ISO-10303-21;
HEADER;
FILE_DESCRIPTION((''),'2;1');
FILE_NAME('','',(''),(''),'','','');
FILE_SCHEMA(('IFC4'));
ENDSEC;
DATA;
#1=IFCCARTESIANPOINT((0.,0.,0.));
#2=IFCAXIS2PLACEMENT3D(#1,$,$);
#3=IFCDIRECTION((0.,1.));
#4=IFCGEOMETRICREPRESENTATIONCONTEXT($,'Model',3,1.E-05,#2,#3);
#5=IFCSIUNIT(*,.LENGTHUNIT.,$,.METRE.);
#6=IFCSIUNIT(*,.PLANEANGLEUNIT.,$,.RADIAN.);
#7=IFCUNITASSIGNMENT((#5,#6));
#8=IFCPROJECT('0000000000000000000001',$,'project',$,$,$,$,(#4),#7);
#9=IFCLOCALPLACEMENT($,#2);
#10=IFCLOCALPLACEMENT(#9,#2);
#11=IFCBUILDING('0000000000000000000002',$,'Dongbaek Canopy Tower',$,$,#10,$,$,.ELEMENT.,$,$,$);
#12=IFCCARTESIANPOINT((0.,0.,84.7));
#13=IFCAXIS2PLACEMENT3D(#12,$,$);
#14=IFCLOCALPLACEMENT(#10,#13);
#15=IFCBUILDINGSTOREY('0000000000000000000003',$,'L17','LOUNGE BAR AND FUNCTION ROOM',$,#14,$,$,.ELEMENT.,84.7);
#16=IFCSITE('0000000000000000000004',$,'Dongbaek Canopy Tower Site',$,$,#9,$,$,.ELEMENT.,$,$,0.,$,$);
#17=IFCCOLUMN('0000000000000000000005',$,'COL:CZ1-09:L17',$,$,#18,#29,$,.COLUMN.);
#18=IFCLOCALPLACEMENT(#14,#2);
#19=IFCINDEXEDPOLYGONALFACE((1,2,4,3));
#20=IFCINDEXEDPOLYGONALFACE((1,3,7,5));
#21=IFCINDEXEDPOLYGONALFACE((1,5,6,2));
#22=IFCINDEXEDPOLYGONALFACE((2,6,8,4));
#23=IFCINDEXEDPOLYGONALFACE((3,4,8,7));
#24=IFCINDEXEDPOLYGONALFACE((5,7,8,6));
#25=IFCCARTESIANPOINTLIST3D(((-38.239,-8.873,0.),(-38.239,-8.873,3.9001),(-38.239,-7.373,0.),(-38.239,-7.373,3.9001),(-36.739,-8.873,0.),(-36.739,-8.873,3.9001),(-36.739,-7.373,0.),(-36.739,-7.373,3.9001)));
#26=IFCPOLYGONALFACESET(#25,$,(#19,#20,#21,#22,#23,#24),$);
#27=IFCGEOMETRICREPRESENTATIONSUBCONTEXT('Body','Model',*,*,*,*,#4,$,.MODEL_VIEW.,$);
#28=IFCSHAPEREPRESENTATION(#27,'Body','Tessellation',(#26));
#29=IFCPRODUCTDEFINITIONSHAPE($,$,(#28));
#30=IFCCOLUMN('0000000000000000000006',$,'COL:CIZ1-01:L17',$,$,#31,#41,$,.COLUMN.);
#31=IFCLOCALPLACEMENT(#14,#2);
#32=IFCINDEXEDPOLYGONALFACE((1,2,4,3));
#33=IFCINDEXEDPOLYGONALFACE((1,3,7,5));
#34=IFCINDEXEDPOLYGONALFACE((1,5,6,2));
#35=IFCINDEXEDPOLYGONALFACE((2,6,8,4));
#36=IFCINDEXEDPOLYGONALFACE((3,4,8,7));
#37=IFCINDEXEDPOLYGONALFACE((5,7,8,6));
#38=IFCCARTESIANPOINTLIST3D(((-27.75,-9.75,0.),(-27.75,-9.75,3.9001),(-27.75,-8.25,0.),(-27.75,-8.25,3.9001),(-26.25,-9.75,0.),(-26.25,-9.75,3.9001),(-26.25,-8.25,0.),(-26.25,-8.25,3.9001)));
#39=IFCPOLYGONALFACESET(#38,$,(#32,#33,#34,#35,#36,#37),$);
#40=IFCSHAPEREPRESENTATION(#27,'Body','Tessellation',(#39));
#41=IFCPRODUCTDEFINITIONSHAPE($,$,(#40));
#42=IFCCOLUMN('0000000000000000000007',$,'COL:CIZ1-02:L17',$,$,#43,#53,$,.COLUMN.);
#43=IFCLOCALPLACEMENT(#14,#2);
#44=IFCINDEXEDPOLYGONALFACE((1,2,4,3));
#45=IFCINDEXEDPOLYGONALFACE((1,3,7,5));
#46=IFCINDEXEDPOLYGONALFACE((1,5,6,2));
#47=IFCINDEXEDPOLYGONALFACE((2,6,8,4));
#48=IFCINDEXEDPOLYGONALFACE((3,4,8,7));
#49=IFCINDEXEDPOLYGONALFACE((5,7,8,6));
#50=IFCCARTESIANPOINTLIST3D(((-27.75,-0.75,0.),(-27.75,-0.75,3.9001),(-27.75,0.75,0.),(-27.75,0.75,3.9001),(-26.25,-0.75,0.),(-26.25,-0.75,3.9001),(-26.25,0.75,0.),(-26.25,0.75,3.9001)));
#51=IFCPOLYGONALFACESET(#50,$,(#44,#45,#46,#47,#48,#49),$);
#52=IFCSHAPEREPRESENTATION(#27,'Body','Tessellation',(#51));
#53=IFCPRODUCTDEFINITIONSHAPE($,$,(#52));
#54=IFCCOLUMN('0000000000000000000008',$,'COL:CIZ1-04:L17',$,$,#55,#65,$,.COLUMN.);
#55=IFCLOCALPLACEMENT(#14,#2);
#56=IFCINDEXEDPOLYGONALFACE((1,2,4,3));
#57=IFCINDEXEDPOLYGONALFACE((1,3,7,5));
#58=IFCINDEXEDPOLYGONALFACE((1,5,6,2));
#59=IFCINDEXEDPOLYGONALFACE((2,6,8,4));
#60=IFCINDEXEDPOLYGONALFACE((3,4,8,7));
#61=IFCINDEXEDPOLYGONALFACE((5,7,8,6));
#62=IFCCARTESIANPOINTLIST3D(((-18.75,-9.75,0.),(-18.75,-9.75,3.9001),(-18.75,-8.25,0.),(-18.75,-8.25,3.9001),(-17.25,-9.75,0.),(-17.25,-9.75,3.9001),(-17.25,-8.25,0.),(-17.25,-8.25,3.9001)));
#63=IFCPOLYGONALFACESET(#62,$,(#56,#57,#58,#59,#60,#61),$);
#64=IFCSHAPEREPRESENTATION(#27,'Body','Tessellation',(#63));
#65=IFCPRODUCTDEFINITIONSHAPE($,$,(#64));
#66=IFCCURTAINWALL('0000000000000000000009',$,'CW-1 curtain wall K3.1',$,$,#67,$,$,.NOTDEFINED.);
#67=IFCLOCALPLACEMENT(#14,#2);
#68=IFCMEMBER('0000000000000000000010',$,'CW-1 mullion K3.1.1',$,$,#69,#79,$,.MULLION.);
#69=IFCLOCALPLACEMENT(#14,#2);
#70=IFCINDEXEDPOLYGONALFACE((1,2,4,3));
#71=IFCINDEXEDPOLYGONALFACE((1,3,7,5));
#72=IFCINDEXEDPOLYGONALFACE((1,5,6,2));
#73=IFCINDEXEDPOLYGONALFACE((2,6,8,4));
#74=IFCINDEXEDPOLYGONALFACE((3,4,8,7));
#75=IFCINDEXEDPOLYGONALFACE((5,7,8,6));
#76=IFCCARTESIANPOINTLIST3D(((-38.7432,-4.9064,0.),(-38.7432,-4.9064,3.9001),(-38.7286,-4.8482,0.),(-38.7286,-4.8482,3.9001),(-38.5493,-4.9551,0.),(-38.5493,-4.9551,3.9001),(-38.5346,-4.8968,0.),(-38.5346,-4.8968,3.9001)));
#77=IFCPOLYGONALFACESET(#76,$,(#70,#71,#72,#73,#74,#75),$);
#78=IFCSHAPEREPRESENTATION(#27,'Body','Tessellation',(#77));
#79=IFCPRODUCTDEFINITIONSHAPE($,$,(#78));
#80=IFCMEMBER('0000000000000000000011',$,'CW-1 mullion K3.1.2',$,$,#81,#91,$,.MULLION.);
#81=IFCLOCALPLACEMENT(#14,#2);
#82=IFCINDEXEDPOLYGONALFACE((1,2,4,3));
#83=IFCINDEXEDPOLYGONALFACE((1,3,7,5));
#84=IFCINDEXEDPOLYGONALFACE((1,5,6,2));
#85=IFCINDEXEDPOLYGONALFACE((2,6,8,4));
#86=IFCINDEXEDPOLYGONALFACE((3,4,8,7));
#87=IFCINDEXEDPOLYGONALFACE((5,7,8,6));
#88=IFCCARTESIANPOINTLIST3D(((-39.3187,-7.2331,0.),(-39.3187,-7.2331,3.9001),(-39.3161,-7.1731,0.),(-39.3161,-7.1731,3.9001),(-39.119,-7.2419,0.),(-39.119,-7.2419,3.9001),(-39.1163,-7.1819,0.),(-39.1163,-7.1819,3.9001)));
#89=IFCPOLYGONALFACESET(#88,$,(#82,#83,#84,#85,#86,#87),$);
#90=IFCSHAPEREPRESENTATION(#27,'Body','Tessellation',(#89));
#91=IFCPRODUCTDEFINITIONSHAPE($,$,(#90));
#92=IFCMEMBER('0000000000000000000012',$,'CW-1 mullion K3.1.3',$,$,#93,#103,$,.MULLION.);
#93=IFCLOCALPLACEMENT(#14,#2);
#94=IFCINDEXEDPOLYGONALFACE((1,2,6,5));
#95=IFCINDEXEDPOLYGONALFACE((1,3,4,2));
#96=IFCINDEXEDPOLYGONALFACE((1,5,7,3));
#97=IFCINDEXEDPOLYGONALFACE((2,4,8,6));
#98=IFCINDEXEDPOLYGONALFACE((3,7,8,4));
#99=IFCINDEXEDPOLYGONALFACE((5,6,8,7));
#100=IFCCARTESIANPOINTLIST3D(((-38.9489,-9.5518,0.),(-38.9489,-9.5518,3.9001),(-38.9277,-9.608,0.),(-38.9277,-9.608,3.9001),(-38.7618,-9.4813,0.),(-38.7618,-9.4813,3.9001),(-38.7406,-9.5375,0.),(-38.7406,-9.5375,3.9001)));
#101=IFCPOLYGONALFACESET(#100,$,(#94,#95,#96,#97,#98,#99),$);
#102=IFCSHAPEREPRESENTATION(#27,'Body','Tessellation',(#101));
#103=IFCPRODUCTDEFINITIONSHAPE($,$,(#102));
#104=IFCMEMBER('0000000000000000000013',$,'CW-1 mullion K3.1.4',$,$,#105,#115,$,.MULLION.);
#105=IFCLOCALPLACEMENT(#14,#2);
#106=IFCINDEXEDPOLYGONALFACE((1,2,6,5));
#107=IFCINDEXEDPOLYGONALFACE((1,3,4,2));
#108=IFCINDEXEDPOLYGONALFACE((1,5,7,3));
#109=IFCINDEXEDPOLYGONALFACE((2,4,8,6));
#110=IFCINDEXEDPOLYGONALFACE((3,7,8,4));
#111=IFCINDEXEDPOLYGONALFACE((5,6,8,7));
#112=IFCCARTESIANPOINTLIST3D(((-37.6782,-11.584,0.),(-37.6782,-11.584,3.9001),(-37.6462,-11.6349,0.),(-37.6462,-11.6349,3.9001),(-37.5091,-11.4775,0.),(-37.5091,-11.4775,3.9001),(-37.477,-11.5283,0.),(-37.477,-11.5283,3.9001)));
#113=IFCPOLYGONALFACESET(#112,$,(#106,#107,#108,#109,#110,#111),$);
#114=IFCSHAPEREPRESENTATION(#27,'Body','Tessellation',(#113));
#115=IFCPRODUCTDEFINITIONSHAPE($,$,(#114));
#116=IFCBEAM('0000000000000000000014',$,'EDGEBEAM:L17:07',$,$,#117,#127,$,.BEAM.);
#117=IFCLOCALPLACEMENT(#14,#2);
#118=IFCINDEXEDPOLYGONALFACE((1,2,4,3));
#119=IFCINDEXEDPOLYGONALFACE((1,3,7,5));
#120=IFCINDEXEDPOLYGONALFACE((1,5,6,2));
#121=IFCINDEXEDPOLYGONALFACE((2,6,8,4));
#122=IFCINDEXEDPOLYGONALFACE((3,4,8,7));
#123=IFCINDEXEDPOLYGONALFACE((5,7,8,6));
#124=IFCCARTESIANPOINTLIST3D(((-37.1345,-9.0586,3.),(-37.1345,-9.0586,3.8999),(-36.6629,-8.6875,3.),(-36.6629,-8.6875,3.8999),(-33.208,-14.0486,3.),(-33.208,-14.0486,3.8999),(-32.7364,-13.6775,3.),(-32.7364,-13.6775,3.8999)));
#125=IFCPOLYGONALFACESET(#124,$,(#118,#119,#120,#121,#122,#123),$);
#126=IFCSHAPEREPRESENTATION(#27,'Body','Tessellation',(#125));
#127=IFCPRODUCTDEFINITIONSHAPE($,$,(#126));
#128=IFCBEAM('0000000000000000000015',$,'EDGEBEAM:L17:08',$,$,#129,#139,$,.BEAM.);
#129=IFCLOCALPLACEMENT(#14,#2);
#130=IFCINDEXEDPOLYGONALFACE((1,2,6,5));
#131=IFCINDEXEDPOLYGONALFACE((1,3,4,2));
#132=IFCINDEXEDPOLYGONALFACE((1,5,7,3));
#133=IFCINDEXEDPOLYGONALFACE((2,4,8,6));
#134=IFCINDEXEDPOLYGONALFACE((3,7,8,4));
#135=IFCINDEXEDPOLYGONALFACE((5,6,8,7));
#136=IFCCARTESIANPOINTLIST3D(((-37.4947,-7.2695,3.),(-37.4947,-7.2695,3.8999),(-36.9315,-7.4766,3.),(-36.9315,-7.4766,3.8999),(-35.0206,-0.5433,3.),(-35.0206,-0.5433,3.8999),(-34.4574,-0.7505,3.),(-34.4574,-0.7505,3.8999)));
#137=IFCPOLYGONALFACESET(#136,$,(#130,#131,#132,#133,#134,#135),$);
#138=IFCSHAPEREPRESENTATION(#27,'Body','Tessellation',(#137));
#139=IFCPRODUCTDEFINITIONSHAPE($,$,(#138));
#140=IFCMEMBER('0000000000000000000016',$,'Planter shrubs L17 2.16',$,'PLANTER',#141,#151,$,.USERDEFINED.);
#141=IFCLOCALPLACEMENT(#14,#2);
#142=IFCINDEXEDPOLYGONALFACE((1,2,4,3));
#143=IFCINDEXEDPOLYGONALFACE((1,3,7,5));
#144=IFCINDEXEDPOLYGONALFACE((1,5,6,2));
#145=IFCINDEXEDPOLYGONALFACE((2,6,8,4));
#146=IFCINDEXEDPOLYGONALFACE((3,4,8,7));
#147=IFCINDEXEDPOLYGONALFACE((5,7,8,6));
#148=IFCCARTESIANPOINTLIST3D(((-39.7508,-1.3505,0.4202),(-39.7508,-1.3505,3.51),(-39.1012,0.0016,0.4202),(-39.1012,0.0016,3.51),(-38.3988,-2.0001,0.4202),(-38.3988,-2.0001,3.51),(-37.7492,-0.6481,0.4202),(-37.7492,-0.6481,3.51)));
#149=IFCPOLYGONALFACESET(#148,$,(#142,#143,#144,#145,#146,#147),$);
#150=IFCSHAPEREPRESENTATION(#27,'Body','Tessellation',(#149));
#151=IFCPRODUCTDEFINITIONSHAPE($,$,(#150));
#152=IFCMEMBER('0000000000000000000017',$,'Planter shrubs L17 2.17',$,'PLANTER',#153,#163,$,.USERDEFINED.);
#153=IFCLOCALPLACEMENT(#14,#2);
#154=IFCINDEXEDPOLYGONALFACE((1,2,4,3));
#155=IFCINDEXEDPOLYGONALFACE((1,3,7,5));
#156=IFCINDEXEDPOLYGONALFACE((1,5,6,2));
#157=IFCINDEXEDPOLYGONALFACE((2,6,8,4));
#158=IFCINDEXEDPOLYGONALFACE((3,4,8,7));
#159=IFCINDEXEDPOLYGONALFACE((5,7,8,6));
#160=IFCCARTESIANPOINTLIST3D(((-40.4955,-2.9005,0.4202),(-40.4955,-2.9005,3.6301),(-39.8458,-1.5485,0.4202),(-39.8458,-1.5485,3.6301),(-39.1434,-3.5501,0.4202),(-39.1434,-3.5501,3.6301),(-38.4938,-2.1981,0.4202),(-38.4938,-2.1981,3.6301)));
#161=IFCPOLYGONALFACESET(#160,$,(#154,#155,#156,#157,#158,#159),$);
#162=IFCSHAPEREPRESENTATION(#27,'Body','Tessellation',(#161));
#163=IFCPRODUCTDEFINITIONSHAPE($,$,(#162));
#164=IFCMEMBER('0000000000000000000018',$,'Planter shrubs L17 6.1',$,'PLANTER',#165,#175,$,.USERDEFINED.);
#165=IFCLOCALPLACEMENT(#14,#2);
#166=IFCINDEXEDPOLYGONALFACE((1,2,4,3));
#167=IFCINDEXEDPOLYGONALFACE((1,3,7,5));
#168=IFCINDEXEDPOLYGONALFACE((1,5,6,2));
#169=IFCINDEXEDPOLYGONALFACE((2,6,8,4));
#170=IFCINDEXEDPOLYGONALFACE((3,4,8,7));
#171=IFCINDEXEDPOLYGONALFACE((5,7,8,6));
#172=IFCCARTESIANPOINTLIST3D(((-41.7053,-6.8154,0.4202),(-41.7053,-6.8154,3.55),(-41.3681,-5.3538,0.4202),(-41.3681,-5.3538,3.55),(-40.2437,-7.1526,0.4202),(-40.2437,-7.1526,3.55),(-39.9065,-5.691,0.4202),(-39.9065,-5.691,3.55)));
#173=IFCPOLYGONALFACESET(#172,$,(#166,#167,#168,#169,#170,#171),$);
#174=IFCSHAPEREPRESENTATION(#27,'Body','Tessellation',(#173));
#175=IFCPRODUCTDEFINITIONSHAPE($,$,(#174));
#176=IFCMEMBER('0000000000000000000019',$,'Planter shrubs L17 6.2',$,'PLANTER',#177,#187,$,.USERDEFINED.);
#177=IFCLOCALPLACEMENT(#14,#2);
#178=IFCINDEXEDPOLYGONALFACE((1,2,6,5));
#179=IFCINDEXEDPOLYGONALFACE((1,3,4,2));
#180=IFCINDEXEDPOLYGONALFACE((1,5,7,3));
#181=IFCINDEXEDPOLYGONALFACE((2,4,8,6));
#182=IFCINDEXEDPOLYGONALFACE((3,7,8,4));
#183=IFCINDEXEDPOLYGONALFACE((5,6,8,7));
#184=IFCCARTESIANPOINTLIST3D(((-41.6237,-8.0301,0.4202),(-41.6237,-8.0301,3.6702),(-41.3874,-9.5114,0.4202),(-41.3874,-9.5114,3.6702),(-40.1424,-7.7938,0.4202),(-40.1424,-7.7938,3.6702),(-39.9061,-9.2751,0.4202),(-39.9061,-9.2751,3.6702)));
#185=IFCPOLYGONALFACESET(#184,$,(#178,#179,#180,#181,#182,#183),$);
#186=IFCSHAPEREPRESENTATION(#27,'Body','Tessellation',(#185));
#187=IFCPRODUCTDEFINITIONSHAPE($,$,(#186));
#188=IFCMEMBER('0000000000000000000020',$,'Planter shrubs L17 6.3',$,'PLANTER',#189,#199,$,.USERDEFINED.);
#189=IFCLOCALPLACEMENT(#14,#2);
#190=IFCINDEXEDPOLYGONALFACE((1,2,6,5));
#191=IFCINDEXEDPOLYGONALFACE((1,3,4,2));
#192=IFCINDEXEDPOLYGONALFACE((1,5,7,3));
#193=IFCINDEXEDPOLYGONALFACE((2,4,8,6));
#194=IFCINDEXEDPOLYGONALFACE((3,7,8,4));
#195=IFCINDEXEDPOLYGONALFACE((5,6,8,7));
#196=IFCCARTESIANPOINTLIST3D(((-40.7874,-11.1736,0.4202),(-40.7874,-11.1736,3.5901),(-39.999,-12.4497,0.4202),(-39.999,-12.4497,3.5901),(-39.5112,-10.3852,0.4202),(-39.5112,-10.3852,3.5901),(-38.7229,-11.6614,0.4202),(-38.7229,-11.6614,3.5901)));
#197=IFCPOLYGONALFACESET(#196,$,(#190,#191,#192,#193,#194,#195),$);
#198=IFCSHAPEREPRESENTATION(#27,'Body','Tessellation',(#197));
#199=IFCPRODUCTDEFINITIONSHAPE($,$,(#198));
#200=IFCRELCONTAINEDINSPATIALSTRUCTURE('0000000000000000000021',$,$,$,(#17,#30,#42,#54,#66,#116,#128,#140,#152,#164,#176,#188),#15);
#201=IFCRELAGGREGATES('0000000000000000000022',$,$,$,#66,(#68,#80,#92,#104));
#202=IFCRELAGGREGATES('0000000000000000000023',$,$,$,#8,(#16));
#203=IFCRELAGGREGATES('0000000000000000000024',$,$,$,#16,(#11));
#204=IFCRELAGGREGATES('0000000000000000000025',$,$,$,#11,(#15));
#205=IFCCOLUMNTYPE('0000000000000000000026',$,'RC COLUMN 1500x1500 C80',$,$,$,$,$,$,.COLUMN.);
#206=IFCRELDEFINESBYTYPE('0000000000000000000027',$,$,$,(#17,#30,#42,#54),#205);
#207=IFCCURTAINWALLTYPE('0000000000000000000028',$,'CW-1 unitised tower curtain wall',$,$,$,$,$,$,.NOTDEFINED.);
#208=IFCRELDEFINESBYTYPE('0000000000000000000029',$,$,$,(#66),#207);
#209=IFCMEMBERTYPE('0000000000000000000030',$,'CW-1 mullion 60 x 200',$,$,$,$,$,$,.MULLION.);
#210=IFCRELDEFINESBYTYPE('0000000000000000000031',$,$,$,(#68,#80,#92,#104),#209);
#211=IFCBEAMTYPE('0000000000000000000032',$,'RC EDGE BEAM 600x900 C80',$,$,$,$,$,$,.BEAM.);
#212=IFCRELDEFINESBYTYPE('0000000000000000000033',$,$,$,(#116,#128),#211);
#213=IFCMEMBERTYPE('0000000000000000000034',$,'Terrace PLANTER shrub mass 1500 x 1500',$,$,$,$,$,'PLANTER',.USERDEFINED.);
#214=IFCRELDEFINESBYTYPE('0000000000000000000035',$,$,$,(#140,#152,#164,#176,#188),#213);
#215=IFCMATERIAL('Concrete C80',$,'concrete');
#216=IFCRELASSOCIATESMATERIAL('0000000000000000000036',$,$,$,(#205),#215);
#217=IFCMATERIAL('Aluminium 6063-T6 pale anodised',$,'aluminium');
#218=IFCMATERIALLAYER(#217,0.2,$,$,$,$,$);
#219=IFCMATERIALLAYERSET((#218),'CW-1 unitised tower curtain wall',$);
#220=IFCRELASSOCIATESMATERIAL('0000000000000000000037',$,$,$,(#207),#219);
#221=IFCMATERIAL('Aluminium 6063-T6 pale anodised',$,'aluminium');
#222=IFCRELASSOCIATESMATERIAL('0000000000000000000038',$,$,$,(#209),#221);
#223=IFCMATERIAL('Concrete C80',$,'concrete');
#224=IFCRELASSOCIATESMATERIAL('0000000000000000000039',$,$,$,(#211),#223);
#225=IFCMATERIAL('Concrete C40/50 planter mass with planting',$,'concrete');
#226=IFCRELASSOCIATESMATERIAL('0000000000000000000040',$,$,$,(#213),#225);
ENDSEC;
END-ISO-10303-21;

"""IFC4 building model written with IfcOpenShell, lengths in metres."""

from ifc_helpers import new_model, si_unit, direction, frame, origin, origin_2d, place, context, subcontext, project, spatial, rectangle, extrude, material, layer, layer_set, material_profile, profile_set, type_object, element, aggregate, save


model = new_model("IFC4")

# Units and contexts
model_context = context("Model", 3, precision=1e-05, world=origin(), true_north=direction((0.0, 1.0)))
body_context = subcontext(model_context, "Body", "Model", "MODEL_VIEW")
ifc_project = project(units=[si_unit("LENGTHUNIT", "METRE"), si_unit("PLANEANGLEUNIT", "RADIAN")], contexts=[model_context])

# Site, building, storey
site_placement = place(None, origin())
site = spatial("IfcSite", under=ifc_project, at=site_placement, Name="Dongbaek Canopy Tower Site", CompositionType="ELEMENT", RefElevation=0.0)
building_placement = place(site_placement, origin())
building = spatial("IfcBuilding", under=site, at=building_placement, Name="Dongbaek Canopy Tower", CompositionType="ELEMENT")
storey_placement = place(building_placement, frame((0.0, 0.0, 84.7)))
storey = spatial("IfcBuildingStorey", under=building, at=storey_placement, Name="L17", Description="LOUNGE BAR AND FUNCTION ROOM", CompositionType="ELEMENT", Elevation=84.7)

# Columns
ifc_material_1 = material(Name="Concrete C80", Category="concrete")
ifc_material_profile_1 = material_profile(ifc_material_1, rectangle(XDim=1.5, YDim=1.5, at=origin_2d()), Name="RC COLUMN 1500x1500 C80")
ifc_profile_set_1 = profile_set([ifc_material_profile_1], Name="Concrete C80")
column_type = type_object("IfcColumnType", Name="RC COLUMN 1500x1500 C80", PredefinedType="COLUMN", material=ifc_profile_set_1)
for number, where, z_axis, x_axis, name in (
    (1, (-37.489, -8.123, 0.0), (0.0, 0.0, 1.0), (1.0, 0.0, 0.0), "COL:CZ1-09:L17"),
    (2, (-27.0, -9.0, 0.0), (0.0, 0.0, 1.0), (1.0, 0.0, 0.0), "COL:CIZ1-01:L17"),
    (3, (-27.0, 0.0, 0.0), (0.0, 0.0, 1.0), (1.0, 0.0, 0.0), "COL:CIZ1-02:L17"),
    (4, (-18.0, -9.0, 0.0), (0.0, 0.0, 1.0), (1.0, 0.0, 0.0), "COL:CIZ1-04:L17"),
):
    element("IfcColumn", number, at=place(storey_placement, frame(where, z_axis=z_axis, x_axis=x_axis)), inside=storey, type_object=column_type, Name=name, PredefinedType="COLUMN", context=body_context, shape_type="SweptSolid", body=[
        extrude(rectangle(XDim=1.5, YDim=1.5, at=origin_2d()), origin(), (0.0, 0.0, 1.0), 3.9001),
    ])

# Curtain wall, members
ifc_material_2 = material(Name="Aluminium 6063-T6 pale anodised", Category="aluminium")
ifc_layer_1 = layer(ifc_material_2, 0.2)
ifc_layer_set_1 = layer_set([ifc_layer_1], Name="CW-1 unitised tower curtain wall")
curtain_wall_type = type_object("IfcCurtainWallType", Name="CW-1 unitised tower curtain wall", PredefinedType="NOTDEFINED", material=ifc_layer_set_1)
curtain_wall_placement = place(storey_placement, origin())
curtain_wall = element("IfcCurtainWall", 5, at=curtain_wall_placement, inside=storey, type_object=curtain_wall_type, Name="CW-1 curtain wall K3.1", PredefinedType="NOTDEFINED")
ifc_material_3 = material(Name="Aluminium 6063-T6 pale anodised", Category="aluminium")
ifc_material_profile_2 = material_profile(ifc_material_3, rectangle(XDim=0.2, YDim=0.0601, at=origin_2d()), Name="CW-1 mullion 60 x 200")
ifc_profile_set_2 = profile_set([ifc_material_profile_2], Name="Aluminium 6063-T6 pale anodised")
member_type_1 = type_object("IfcMemberType", Name="CW-1 mullion 60 x 200", PredefinedType="MULLION", material=ifc_profile_set_2)
member_1_placement = place(storey_placement, frame((-38.6389, -4.9016, 0.0), z_axis=(0.0, 0.0, 1.0), x_axis=(-0.969924, 0.24341, 0.0)))
member_1 = element("IfcMember", 6, at=member_1_placement, type_object=member_type_1, Name="CW-1 mullion K3.1.1", PredefinedType="MULLION", context=body_context, shape_type="SweptSolid", body=[
    extrude(rectangle(XDim=0.2, YDim=0.0601, at=origin_2d()), origin(), (0.0, 0.0, 1.0), 3.9001),
])
member_2_placement = place(storey_placement, frame((-39.2175, -7.2075, 0.0), z_axis=(0.0, 0.0, 1.0), x_axis=(-0.999038, 0.043843, 0.0)))
member_2 = element("IfcMember", 7, at=member_2_placement, type_object=member_type_1, Name="CW-1 mullion K3.1.2", PredefinedType="MULLION", context=body_context, shape_type="SweptSolid", body=[
    extrude(rectangle(XDim=0.2, YDim=0.0601, at=origin_2d()), origin(), (0.0, 0.0, 1.0), 3.9001),
])
member_3_placement = place(storey_placement, frame((-38.8447, -9.5447, 0.0), z_axis=(0.0, 0.0, 1.0), x_axis=(-0.93583, -0.352452, 0.0)))
member_3 = element("IfcMember", 8, at=member_3_placement, type_object=member_type_1, Name="CW-1 mullion K3.1.3", PredefinedType="MULLION", context=body_context, shape_type="SweptSolid", body=[
    extrude(rectangle(XDim=0.2, YDim=0.0601, at=origin_2d()), origin(), (0.0, 0.0, 1.0), 3.9001),
])
member_4_placement = place(storey_placement, frame((-37.5776, -11.5562, 0.0), z_axis=(0.0, 0.0, 1.0), x_axis=(-0.846077, -0.53306, 0.0)))
member_4 = element("IfcMember", 9, at=member_4_placement, type_object=member_type_1, Name="CW-1 mullion K3.1.4", PredefinedType="MULLION", context=body_context, shape_type="SweptSolid", body=[
    extrude(rectangle(XDim=0.2, YDim=0.0601, at=origin_2d()), origin(), (0.0, 0.0, 1.0), 3.9001),
])

# Beams
ifc_material_4 = material(Name="Concrete C80", Category="concrete")
ifc_material_profile_3 = material_profile(ifc_material_4, rectangle(XDim=0.6001, YDim=0.8999, at=origin_2d()), Name="RC EDGE BEAM 600x900 C80")
ifc_profile_set_3 = profile_set([ifc_material_profile_3], Name="Concrete C80")
beam_type = type_object("IfcBeamType", Name="RC EDGE BEAM 600x900 C80", PredefinedType="BEAM", material=ifc_profile_set_3)
beam_1_placement = place(storey_placement, frame((-32.9722, -13.863, 3.45), z_axis=(-0.618387, 0.785874, 0.0), x_axis=(-0.785874, -0.618387, 0.0)))
element("IfcBeam", 10, at=beam_1_placement, inside=storey, type_object=beam_type, Name="EDGEBEAM:L17:07", PredefinedType="BEAM", context=body_context, shape_type="SweptSolid", body=[
    extrude(rectangle(XDim=0.6001, YDim=0.8999, at=origin_2d()), origin(), (0.0, 0.0, 1.0), 6.3496),
])
beam_2_placement = place(storey_placement, frame((-37.2131, -7.373, 3.45), z_axis=(0.345225, 0.93852, 0.0), x_axis=(-0.93852, 0.345225, 0.0)))
element("IfcBeam", 11, at=beam_2_placement, inside=storey, type_object=beam_type, Name="EDGEBEAM:L17:08", PredefinedType="BEAM", context=body_context, shape_type="SweptSolid", body=[
    extrude(rectangle(XDim=0.6001, YDim=0.8999, at=origin_2d()), origin(), (0.0, 0.0, 1.0), 7.1667),
])

# Members
ifc_material_5 = material(Name="Concrete C40/50 planter mass with planting", Category="concrete")
ifc_material_profile_4 = material_profile(ifc_material_5, rectangle(XDim=1.5, YDim=1.5, at=origin_2d()), Name="Terrace PLANTER shrub mass 1500 x 1500")
ifc_profile_set_4 = profile_set([ifc_material_profile_4], Name="Concrete C40/50 planter mass with planting")
member_type_2 = type_object("IfcMemberType", Name="Terrace PLANTER shrub mass 1500 x 1500", ElementType="PLANTER", PredefinedType="USERDEFINED", material=ifc_profile_set_4)
member_5_placement = place(storey_placement, frame((-38.75, -0.9993, 0.4202), z_axis=(0.0, 0.0, 1.0), x_axis=(-0.901357, 0.433077, 0.0)))
element("IfcMember", 12, at=member_5_placement, inside=storey, type_object=member_type_2, Name="Planter shrubs L17 2.16", ObjectType="PLANTER", PredefinedType="USERDEFINED", context=body_context, shape_type="SweptSolid", body=[
    extrude(rectangle(XDim=1.5, YDim=1.5, at=origin_2d()), origin(), (0.0, 0.0, 1.0), 3.0898),
])
member_6_placement = place(storey_placement, frame((-39.4946, -2.5493, 0.4202), z_axis=(0.0, 0.0, 1.0), x_axis=(-0.901357, 0.433077, 0.0)))
element("IfcMember", 13, at=member_6_placement, inside=storey, type_object=member_type_2, Name="Planter shrubs L17 2.17", ObjectType="PLANTER", PredefinedType="USERDEFINED", context=body_context, shape_type="SweptSolid", body=[
    extrude(rectangle(XDim=1.5, YDim=1.5, at=origin_2d()), origin(), (0.0, 0.0, 1.0), 3.21),
])
member_7_placement = place(storey_placement, frame((-40.8059, -6.2532, 0.4202), z_axis=(0.0, 0.0, 1.0), x_axis=(-0.974401, 0.224817, 0.0)))
element("IfcMember", 14, at=member_7_placement, inside=storey, type_object=member_type_2, Name="Planter shrubs L17 6.1", ObjectType="PLANTER", PredefinedType="USERDEFINED", context=body_context, shape_type="SweptSolid", body=[
    extrude(rectangle(XDim=1.5, YDim=1.5, at=origin_2d()), origin(), (0.0, 0.0, 1.0), 3.1299),
])
member_8_placement = place(storey_placement, frame((-40.7649, -8.6526, 0.4202), z_axis=(0.0, 0.0, 1.0), x_axis=(-0.987518, -0.157508, 0.0)))
element("IfcMember", 15, at=member_8_placement, inside=storey, type_object=member_type_2, Name="Planter shrubs L17 6.2", ObjectType="PLANTER", PredefinedType="USERDEFINED", context=body_context, shape_type="SweptSolid", body=[
    extrude(rectangle(XDim=1.5, YDim=1.5, at=origin_2d()), origin(), (0.0, 0.0, 1.0), 3.25),
])
member_9_placement = place(storey_placement, frame((-39.7551, -11.4175, 0.4202), z_axis=(0.0, 0.0, 1.0), x_axis=(-0.85075, -0.52557, 0.0)))
element("IfcMember", 16, at=member_9_placement, inside=storey, type_object=member_type_2, Name="Planter shrubs L17 6.3", ObjectType="PLANTER", PredefinedType="USERDEFINED", context=body_context, shape_type="SweptSolid", body=[
    extrude(rectangle(XDim=1.5, YDim=1.5, at=origin_2d()), origin(), (0.0, 0.0, 1.0), 3.1699),
])

aggregate(curtain_wall, [member_1, member_2, member_3, member_4])

save(model, "model.ifc")
